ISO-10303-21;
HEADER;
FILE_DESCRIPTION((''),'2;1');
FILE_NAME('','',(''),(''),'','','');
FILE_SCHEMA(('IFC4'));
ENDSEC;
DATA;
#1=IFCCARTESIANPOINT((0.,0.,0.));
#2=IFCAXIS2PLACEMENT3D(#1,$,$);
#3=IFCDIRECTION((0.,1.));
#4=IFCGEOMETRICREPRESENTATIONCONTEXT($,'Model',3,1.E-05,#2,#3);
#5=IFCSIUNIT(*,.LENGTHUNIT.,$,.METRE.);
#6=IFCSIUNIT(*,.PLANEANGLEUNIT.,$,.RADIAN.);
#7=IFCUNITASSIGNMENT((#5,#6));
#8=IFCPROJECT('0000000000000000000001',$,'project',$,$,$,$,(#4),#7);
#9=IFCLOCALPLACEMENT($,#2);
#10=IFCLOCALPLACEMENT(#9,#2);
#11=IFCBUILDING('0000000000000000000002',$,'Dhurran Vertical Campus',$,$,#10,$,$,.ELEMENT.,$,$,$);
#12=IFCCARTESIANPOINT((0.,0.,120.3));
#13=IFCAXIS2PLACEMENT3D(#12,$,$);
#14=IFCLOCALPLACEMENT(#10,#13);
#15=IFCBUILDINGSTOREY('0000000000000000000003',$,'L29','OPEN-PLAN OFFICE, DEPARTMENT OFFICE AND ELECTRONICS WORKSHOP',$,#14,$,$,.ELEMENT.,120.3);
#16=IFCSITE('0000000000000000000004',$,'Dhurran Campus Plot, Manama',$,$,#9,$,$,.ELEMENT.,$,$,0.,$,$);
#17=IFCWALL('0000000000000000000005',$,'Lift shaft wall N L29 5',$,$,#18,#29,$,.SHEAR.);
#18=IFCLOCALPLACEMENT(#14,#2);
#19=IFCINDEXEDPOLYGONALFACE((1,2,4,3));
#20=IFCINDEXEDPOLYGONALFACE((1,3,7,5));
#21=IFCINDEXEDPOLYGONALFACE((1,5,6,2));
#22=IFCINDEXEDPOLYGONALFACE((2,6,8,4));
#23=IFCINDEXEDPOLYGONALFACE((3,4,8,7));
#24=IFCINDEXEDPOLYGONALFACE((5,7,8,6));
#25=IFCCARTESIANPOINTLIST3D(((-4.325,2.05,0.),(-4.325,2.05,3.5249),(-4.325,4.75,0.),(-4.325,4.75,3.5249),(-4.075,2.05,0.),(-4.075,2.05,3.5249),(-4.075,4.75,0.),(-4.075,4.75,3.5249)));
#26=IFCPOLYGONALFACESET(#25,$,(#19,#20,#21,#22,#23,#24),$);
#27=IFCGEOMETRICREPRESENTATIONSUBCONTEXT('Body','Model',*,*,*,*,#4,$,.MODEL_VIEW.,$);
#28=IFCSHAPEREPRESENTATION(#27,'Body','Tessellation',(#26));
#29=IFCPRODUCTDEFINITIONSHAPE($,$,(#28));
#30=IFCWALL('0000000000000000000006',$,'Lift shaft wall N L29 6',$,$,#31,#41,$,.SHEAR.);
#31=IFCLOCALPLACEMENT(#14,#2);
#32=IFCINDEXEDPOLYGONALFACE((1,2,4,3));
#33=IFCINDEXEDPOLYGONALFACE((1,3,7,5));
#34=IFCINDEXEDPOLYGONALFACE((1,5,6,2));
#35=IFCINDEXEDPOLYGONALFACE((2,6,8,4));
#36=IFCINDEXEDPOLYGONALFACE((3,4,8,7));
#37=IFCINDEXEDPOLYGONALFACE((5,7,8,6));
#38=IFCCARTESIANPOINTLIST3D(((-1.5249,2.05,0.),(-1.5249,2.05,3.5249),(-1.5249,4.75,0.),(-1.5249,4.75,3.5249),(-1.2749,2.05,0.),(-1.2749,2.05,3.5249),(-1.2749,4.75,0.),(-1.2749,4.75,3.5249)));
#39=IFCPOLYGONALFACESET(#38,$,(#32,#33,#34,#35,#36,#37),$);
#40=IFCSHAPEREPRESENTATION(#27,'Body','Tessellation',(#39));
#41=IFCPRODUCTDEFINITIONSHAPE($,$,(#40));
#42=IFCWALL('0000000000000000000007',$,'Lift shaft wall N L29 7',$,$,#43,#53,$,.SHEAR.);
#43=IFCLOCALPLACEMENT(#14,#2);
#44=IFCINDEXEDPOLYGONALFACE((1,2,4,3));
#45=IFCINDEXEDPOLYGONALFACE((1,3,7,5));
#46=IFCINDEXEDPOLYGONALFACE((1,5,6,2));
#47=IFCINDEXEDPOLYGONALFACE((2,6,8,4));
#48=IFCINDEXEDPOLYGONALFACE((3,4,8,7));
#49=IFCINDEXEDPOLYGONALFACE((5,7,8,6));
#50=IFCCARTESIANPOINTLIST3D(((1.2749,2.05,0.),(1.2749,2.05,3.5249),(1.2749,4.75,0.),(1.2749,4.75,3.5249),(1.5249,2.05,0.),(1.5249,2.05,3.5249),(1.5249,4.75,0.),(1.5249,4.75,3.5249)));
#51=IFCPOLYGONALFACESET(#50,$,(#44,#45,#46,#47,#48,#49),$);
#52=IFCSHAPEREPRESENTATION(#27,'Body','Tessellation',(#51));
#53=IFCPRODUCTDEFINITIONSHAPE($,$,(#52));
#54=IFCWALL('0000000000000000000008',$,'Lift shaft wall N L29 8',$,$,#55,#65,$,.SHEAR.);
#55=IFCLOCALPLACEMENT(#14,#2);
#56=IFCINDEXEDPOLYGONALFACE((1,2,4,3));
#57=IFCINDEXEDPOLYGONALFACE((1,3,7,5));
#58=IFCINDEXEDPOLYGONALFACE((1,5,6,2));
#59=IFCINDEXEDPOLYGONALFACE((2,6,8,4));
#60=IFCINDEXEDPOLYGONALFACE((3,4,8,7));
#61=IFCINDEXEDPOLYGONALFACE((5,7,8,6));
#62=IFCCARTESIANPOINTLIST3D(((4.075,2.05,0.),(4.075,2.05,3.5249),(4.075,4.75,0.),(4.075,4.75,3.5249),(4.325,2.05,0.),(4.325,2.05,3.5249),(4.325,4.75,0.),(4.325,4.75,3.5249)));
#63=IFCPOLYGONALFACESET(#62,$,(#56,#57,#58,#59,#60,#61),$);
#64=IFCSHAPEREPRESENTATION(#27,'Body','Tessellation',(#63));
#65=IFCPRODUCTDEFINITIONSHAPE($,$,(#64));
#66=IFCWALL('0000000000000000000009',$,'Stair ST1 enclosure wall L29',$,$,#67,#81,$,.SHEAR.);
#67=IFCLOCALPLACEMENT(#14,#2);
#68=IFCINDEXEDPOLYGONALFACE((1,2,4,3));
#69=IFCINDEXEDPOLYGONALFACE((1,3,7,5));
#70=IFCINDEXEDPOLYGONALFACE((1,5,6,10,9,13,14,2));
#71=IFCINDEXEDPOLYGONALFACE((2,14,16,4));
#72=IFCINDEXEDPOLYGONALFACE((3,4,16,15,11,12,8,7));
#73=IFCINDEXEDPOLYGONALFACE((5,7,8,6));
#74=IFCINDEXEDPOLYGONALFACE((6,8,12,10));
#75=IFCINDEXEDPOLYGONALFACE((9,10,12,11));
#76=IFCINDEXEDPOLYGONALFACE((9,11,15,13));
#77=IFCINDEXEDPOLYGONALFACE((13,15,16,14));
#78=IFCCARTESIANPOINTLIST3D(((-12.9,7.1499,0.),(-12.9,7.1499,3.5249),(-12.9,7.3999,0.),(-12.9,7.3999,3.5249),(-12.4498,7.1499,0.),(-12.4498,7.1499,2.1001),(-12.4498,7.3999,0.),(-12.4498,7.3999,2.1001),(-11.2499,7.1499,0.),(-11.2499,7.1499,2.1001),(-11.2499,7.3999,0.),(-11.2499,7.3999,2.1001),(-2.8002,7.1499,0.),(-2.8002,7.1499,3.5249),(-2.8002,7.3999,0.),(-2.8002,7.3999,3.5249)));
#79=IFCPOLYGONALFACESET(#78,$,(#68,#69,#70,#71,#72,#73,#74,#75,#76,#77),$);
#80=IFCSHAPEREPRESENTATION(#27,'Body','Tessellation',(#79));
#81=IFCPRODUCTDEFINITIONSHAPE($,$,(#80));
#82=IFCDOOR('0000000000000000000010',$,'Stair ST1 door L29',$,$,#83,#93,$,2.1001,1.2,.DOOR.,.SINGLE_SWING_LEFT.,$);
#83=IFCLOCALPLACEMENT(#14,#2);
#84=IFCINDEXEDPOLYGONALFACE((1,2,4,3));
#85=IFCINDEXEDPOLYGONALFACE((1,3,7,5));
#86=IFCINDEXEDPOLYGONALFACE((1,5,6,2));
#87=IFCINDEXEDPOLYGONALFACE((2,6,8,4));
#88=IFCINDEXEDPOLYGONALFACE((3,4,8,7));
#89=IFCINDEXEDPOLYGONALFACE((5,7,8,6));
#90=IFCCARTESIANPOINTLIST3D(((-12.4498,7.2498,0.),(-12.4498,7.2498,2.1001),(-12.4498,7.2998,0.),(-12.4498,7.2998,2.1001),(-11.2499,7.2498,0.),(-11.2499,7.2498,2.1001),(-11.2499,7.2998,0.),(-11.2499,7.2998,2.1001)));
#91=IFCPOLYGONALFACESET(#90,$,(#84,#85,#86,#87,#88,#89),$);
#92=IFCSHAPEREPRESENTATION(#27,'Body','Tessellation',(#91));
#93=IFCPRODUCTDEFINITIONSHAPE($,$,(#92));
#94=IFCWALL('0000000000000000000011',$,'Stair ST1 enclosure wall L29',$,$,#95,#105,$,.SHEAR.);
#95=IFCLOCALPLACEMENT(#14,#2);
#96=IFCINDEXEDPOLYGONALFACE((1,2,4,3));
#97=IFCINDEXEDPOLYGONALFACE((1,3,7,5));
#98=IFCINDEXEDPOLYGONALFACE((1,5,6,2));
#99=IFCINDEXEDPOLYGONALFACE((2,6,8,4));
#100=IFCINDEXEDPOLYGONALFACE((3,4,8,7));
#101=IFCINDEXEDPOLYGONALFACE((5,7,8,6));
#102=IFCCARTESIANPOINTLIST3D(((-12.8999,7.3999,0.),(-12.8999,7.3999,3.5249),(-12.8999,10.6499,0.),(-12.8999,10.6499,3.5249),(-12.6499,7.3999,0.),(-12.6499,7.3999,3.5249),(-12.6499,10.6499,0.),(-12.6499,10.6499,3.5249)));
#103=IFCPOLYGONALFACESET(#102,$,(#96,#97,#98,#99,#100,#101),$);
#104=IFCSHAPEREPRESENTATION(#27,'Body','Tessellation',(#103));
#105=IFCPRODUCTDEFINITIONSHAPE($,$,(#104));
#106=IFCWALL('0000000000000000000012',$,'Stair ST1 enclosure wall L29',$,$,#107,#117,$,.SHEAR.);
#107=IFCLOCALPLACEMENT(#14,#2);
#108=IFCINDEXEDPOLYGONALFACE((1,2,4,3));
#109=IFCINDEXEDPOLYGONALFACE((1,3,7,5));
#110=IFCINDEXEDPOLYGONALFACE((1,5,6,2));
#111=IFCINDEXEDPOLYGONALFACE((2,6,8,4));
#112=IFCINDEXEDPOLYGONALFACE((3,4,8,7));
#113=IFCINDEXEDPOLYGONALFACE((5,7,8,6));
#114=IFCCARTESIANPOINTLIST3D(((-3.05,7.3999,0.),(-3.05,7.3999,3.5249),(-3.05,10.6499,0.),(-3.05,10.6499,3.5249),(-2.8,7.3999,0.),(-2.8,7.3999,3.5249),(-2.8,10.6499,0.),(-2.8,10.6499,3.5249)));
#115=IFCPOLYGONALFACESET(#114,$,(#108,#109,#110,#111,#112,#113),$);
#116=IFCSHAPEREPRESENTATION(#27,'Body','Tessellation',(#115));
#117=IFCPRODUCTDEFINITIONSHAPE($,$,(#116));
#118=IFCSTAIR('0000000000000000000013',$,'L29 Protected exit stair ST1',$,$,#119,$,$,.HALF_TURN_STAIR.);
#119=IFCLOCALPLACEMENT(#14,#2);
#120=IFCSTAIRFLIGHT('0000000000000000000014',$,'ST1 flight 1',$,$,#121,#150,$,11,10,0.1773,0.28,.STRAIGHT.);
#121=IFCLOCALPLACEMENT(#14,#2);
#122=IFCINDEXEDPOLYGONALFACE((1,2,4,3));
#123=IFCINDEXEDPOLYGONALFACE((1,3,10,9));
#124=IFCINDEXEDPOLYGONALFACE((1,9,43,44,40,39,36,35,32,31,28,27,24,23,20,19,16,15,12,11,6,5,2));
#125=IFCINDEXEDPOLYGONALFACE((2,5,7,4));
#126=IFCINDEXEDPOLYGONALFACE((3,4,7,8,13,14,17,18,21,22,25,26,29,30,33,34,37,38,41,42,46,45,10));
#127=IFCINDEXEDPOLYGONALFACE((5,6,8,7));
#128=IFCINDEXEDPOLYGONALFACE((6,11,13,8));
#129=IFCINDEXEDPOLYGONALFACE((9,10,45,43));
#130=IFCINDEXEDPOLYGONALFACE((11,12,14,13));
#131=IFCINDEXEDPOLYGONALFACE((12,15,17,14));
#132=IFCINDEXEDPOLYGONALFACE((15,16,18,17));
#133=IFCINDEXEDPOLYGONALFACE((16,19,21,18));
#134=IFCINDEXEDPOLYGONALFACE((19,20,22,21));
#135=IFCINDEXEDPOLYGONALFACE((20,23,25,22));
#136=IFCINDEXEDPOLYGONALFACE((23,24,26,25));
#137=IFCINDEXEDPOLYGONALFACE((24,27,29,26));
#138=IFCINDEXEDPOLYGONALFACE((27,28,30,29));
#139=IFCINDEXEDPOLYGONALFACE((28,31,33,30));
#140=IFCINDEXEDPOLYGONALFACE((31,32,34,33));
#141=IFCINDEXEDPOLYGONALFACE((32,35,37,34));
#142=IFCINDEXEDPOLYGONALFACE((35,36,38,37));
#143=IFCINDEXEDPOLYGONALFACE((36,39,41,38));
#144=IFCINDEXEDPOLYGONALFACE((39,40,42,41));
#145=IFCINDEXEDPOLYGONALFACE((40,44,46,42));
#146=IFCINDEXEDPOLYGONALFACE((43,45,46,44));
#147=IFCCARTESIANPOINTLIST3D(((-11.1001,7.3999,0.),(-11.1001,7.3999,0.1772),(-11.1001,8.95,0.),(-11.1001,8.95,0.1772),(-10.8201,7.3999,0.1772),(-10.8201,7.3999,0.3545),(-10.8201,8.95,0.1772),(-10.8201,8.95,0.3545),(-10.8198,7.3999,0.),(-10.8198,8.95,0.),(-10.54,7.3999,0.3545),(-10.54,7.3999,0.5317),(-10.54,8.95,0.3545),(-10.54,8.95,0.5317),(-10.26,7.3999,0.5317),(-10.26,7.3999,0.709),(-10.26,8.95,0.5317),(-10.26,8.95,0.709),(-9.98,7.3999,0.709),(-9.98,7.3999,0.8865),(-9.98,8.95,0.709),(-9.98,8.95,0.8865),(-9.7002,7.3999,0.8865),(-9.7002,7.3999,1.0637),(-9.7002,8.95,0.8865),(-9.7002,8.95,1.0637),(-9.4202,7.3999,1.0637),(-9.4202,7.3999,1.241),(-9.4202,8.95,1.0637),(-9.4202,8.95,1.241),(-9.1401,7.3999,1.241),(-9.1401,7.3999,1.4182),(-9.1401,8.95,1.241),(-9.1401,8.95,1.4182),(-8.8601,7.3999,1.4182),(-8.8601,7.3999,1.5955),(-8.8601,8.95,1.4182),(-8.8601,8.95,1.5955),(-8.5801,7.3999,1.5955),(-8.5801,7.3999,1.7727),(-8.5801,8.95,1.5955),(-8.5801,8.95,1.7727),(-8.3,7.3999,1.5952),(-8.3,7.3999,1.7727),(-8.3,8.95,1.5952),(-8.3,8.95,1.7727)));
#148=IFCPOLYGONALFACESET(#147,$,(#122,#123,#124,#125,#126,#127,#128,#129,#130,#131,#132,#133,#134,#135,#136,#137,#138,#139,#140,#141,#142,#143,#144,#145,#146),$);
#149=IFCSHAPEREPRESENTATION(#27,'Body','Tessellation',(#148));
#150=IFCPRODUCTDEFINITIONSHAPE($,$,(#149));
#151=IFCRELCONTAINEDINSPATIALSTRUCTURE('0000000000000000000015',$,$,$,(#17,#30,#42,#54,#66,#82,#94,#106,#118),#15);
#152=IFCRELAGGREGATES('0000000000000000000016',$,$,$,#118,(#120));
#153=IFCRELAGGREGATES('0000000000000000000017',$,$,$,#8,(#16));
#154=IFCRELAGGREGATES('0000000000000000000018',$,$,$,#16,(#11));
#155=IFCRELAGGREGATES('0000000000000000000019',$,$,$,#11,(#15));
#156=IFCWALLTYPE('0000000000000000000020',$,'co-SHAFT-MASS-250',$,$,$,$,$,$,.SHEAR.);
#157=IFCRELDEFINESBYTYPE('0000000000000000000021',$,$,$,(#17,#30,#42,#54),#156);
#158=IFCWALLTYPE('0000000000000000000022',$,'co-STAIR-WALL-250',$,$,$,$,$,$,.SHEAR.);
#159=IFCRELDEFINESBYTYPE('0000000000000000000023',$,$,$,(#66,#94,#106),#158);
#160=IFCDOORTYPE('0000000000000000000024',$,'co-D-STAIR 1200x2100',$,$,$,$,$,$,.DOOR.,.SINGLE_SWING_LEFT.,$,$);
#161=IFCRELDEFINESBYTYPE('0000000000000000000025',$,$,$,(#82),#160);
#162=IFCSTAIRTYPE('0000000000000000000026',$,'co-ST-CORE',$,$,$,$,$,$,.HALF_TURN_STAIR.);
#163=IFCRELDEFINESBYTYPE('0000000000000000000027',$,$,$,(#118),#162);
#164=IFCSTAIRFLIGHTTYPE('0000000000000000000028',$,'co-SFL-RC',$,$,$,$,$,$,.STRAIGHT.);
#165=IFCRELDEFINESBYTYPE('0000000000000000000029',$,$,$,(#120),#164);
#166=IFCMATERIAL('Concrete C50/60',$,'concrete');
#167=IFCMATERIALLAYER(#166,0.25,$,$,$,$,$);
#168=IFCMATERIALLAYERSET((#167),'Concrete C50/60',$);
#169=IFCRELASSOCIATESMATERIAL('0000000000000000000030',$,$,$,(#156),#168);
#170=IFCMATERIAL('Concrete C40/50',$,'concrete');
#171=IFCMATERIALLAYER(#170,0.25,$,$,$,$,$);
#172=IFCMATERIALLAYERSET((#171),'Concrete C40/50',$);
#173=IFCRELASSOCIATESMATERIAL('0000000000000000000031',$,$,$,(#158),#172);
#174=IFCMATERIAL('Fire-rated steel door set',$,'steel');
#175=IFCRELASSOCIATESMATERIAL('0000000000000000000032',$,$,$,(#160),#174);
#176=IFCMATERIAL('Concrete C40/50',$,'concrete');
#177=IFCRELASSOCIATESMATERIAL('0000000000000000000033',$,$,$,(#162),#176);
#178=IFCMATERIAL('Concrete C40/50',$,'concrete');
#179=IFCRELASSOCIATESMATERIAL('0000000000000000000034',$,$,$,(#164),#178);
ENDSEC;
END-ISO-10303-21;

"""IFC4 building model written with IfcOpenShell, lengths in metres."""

from ifc_helpers import new_model, si_unit, direction, frame, frame_2d, origin, place, context, subcontext, project, spatial, polyline, rectangle, outline, extrude, material, layer, layer_set, type_object, element, fill, aggregate, save


model = new_model("IFC4")

# Units and contexts
model_context = context("Model", 3, precision=1e-05, world=origin(), true_north=direction((0.0, 1.0)))
body_context = subcontext(model_context, "Body", "Model", "MODEL_VIEW")
ifc_project = project(units=[si_unit("LENGTHUNIT", "METRE"), si_unit("PLANEANGLEUNIT", "RADIAN")], contexts=[model_context])

# Site, building, storey
site_placement = place(None, origin())
site = spatial("IfcSite", under=ifc_project, at=site_placement, Name="Dhurran Campus Plot, Manama", CompositionType="ELEMENT", RefElevation=0.0)
building_placement = place(site_placement, origin())
building = spatial("IfcBuilding", under=site, at=building_placement, Name="Dhurran Vertical Campus", CompositionType="ELEMENT")
storey_placement = place(building_placement, frame((0.0, 0.0, 120.3)))
storey = spatial("IfcBuildingStorey", under=building, at=storey_placement, Name="L29", Description="OPEN-PLAN OFFICE, DEPARTMENT OFFICE AND ELECTRONICS WORKSHOP", CompositionType="ELEMENT", Elevation=120.3)

# Walls
ifc_material_1 = material(Name="Concrete C50/60", Category="concrete")
ifc_layer_1 = layer(ifc_material_1, 0.25)
ifc_layer_set_1 = layer_set([ifc_layer_1], Name="Concrete C50/60")
wall_type_1 = type_object("IfcWallType", Name="co-SHAFT-MASS-250", PredefinedType="SHEAR", material=ifc_layer_set_1)
wall_1_placement = place(storey_placement, origin())
element("IfcWall", 1, at=wall_1_placement, inside=storey, type_object=wall_type_1, Name="Lift shaft wall N L29 5", PredefinedType="SHEAR", context=body_context, shape_type="SweptSolid", body=[
    extrude(outline(polyline([(-4.325, 2.05), (-4.075, 2.05), (-4.075, 4.75), (-4.325, 4.75), (-4.325, 2.05)])), origin(), (0.0, 0.0, 1.0), 3.5249),
])
wall_2_placement = place(storey_placement, origin())
element("IfcWall", 2, at=wall_2_placement, inside=storey, type_object=wall_type_1, Name="Lift shaft wall N L29 6", PredefinedType="SHEAR", context=body_context, shape_type="SweptSolid", body=[
    extrude(outline(polyline([(-1.5249, 2.05), (-1.2749, 2.05), (-1.2749, 4.75), (-1.5249, 4.75), (-1.5249, 2.05)])), origin(), (0.0, 0.0, 1.0), 3.5249),
])
wall_3_placement = place(storey_placement, origin())
element("IfcWall", 3, at=wall_3_placement, inside=storey, type_object=wall_type_1, Name="Lift shaft wall N L29 7", PredefinedType="SHEAR", context=body_context, shape_type="SweptSolid", body=[
    extrude(outline(polyline([(1.2749, 2.05), (1.5249, 2.05), (1.5249, 4.75), (1.2749, 4.75), (1.2749, 2.05)])), origin(), (0.0, 0.0, 1.0), 3.5249),
])
wall_4_placement = place(storey_placement, origin())
element("IfcWall", 4, at=wall_4_placement, inside=storey, type_object=wall_type_1, Name="Lift shaft wall N L29 8", PredefinedType="SHEAR", context=body_context, shape_type="SweptSolid", body=[
    extrude(outline(polyline([(4.075, 2.05), (4.325, 2.05), (4.325, 4.75), (4.075, 4.75), (4.075, 2.05)])), origin(), (0.0, 0.0, 1.0), 3.5249),
])

# Wall, opening, door
ifc_material_2 = material(Name="Concrete C40/50", Category="concrete")
ifc_layer_2 = layer(ifc_material_2, 0.25)
ifc_layer_set_2 = layer_set([ifc_layer_2], Name="Concrete C40/50")
wall_type_2 = type_object("IfcWallType", Name="co-STAIR-WALL-250", PredefinedType="SHEAR", material=ifc_layer_set_2)
wall_5_placement = place(storey_placement, frame((-12.8999, 7.2749, 0.0), z_axis=(0.0, 0.0, 1.0), x_axis=(1.0, 0.0, 0.0)))
wall_5 = element("IfcWall", 5, at=wall_5_placement, inside=storey, type_object=wall_type_2, Name="Stair ST1 enclosure wall L29", PredefinedType="SHEAR", context=body_context, shape_type="SweptSolid", body=[
    extrude(rectangle(XDim=10.0999, YDim=0.25, at=frame_2d((5.0498, 0.0))), origin(), (0.0, 0.0, 1.0), 3.5249),
])
opening_1_placement = place(wall_5_placement, frame((0.45, 0.0, 0.0)))
opening_1 = element("IfcOpeningElement", 6, at=opening_1_placement, cuts=wall_5, PredefinedType="OPENING", context=body_context, shape_type="SweptSolid", body=[
    extrude(rectangle(XDim=1.2, YDim=2.1001, at=frame_2d((0.6001, 1.05))), frame((0.0, 0.135, 0.0), z_axis=(0.0, -1.0, 0.0), x_axis=(1.0, 0.0, 0.0)), (0.0, 0.0, 1.0), 0.27),
])
ifc_material_3 = material(Name="Fire-rated steel door set", Category="steel")
door_type_1 = type_object("IfcDoorType", Name="co-D-STAIR 1200x2100", OperationType="SINGLE_SWING_LEFT", PredefinedType="DOOR", material=ifc_material_3)
door_1_placement = place(opening_1_placement, origin())
door_1 = element("IfcDoor", 7, at=door_1_placement, inside=storey, type_object=door_type_1, Name="Stair ST1 door L29", OperationType="SINGLE_SWING_LEFT", OverallHeight=2.1001, OverallWidth=1.2, PredefinedType="DOOR", context=body_context, shape_type="SweptSolid", body=[
    extrude(rectangle(XDim=1.2, YDim=2.1001, at=frame_2d((0.6001, 1.05))), frame((0.0, 0.0249, 0.0), z_axis=(0.0, -1.0, 0.0), x_axis=(1.0, 0.0, 0.0)), (0.0, 0.0, 1.0), 0.05),
])
fill(opening_1, door_1)

# Walls
for number, where, z_axis, x_axis, name in (
    (8, (-12.7749, 7.3999, 0.0), (0.0, 0.0, 1.0), (0.0, 1.0, 0.0), "Stair ST1 enclosure wall L29"),
    (9, (-2.925, 7.3999, 0.0), (0.0, 0.0, 1.0), (0.0, 1.0, 0.0), "Stair ST1 enclosure wall L29"),
):
    element("IfcWall", number, at=place(storey_placement, frame(where, z_axis=z_axis, x_axis=x_axis)), inside=storey, type_object=wall_type_2, Name=name, PredefinedType="SHEAR", context=body_context, shape_type="SweptSolid", body=[
        extrude(rectangle(XDim=3.25, YDim=0.25, at=frame_2d((1.625, 0.0))), origin(), (0.0, 0.0, 1.0), 3.5249),
    ])

# Stair, stair flight
ifc_material_4 = material(Name="Concrete C40/50", Category="concrete")
stair_type = type_object("IfcStairType", Name="co-ST-CORE", PredefinedType="HALF_TURN_STAIR", material=ifc_material_4)
stair_placement = place(storey_placement, origin())
stair = element("IfcStair", 10, at=stair_placement, inside=storey, type_object=stair_type, Name="L29 Protected exit stair ST1", PredefinedType="HALF_TURN_STAIR")
ifc_material_5 = material(Name="Concrete C40/50", Category="concrete")
stair_flight_type = type_object("IfcStairFlightType", Name="co-SFL-RC", PredefinedType="STRAIGHT", material=ifc_material_5)
stair_flight_placement = place(storey_placement, frame((-11.1001, 8.175, 0.0), z_axis=(0.0, 0.0, 1.0), x_axis=(1.0, 0.0, 0.0)))
stair_flight = element("IfcStairFlight", 11, at=stair_flight_placement, type_object=stair_flight_type, Name="ST1 flight 1", NumberOfRisers=11, NumberOfTreads=10, PredefinedType="STRAIGHT", RiserHeight=0.1773, TreadLength=0.28, context=body_context, shape_type="SweptSolid", body=[
    extrude(outline(polyline([(0.0, 0.0), (0.0, 0.1772), (0.28, 0.1772), (0.28, 0.3545), (0.5601, 0.3545), (0.5601, 0.5317), (0.8401, 0.5317), (0.8401, 0.709), (1.1201, 0.709), (1.1201, 0.8865), (1.3999, 0.8865), (1.3999, 1.0637), (1.6799, 1.0637), (1.6799, 1.241), (1.96, 1.241), (1.96, 1.4182), (2.24, 1.4182), (2.24, 1.5955), (2.52, 1.5955), (2.52, 1.7727), (2.8, 1.7727), (2.8, 1.95), (2.8, 1.5952), (0.2803, 0.0), (0.0, 0.0)])), frame((0.0, 0.7749, 0.0), z_axis=(0.0, -1.0, 0.0), x_axis=(1.0, 0.0, 0.0)), (0.0, 0.0, 1.0), 1.55),
])
aggregate(stair, [stair_flight])

save(model, "model.ifc")
